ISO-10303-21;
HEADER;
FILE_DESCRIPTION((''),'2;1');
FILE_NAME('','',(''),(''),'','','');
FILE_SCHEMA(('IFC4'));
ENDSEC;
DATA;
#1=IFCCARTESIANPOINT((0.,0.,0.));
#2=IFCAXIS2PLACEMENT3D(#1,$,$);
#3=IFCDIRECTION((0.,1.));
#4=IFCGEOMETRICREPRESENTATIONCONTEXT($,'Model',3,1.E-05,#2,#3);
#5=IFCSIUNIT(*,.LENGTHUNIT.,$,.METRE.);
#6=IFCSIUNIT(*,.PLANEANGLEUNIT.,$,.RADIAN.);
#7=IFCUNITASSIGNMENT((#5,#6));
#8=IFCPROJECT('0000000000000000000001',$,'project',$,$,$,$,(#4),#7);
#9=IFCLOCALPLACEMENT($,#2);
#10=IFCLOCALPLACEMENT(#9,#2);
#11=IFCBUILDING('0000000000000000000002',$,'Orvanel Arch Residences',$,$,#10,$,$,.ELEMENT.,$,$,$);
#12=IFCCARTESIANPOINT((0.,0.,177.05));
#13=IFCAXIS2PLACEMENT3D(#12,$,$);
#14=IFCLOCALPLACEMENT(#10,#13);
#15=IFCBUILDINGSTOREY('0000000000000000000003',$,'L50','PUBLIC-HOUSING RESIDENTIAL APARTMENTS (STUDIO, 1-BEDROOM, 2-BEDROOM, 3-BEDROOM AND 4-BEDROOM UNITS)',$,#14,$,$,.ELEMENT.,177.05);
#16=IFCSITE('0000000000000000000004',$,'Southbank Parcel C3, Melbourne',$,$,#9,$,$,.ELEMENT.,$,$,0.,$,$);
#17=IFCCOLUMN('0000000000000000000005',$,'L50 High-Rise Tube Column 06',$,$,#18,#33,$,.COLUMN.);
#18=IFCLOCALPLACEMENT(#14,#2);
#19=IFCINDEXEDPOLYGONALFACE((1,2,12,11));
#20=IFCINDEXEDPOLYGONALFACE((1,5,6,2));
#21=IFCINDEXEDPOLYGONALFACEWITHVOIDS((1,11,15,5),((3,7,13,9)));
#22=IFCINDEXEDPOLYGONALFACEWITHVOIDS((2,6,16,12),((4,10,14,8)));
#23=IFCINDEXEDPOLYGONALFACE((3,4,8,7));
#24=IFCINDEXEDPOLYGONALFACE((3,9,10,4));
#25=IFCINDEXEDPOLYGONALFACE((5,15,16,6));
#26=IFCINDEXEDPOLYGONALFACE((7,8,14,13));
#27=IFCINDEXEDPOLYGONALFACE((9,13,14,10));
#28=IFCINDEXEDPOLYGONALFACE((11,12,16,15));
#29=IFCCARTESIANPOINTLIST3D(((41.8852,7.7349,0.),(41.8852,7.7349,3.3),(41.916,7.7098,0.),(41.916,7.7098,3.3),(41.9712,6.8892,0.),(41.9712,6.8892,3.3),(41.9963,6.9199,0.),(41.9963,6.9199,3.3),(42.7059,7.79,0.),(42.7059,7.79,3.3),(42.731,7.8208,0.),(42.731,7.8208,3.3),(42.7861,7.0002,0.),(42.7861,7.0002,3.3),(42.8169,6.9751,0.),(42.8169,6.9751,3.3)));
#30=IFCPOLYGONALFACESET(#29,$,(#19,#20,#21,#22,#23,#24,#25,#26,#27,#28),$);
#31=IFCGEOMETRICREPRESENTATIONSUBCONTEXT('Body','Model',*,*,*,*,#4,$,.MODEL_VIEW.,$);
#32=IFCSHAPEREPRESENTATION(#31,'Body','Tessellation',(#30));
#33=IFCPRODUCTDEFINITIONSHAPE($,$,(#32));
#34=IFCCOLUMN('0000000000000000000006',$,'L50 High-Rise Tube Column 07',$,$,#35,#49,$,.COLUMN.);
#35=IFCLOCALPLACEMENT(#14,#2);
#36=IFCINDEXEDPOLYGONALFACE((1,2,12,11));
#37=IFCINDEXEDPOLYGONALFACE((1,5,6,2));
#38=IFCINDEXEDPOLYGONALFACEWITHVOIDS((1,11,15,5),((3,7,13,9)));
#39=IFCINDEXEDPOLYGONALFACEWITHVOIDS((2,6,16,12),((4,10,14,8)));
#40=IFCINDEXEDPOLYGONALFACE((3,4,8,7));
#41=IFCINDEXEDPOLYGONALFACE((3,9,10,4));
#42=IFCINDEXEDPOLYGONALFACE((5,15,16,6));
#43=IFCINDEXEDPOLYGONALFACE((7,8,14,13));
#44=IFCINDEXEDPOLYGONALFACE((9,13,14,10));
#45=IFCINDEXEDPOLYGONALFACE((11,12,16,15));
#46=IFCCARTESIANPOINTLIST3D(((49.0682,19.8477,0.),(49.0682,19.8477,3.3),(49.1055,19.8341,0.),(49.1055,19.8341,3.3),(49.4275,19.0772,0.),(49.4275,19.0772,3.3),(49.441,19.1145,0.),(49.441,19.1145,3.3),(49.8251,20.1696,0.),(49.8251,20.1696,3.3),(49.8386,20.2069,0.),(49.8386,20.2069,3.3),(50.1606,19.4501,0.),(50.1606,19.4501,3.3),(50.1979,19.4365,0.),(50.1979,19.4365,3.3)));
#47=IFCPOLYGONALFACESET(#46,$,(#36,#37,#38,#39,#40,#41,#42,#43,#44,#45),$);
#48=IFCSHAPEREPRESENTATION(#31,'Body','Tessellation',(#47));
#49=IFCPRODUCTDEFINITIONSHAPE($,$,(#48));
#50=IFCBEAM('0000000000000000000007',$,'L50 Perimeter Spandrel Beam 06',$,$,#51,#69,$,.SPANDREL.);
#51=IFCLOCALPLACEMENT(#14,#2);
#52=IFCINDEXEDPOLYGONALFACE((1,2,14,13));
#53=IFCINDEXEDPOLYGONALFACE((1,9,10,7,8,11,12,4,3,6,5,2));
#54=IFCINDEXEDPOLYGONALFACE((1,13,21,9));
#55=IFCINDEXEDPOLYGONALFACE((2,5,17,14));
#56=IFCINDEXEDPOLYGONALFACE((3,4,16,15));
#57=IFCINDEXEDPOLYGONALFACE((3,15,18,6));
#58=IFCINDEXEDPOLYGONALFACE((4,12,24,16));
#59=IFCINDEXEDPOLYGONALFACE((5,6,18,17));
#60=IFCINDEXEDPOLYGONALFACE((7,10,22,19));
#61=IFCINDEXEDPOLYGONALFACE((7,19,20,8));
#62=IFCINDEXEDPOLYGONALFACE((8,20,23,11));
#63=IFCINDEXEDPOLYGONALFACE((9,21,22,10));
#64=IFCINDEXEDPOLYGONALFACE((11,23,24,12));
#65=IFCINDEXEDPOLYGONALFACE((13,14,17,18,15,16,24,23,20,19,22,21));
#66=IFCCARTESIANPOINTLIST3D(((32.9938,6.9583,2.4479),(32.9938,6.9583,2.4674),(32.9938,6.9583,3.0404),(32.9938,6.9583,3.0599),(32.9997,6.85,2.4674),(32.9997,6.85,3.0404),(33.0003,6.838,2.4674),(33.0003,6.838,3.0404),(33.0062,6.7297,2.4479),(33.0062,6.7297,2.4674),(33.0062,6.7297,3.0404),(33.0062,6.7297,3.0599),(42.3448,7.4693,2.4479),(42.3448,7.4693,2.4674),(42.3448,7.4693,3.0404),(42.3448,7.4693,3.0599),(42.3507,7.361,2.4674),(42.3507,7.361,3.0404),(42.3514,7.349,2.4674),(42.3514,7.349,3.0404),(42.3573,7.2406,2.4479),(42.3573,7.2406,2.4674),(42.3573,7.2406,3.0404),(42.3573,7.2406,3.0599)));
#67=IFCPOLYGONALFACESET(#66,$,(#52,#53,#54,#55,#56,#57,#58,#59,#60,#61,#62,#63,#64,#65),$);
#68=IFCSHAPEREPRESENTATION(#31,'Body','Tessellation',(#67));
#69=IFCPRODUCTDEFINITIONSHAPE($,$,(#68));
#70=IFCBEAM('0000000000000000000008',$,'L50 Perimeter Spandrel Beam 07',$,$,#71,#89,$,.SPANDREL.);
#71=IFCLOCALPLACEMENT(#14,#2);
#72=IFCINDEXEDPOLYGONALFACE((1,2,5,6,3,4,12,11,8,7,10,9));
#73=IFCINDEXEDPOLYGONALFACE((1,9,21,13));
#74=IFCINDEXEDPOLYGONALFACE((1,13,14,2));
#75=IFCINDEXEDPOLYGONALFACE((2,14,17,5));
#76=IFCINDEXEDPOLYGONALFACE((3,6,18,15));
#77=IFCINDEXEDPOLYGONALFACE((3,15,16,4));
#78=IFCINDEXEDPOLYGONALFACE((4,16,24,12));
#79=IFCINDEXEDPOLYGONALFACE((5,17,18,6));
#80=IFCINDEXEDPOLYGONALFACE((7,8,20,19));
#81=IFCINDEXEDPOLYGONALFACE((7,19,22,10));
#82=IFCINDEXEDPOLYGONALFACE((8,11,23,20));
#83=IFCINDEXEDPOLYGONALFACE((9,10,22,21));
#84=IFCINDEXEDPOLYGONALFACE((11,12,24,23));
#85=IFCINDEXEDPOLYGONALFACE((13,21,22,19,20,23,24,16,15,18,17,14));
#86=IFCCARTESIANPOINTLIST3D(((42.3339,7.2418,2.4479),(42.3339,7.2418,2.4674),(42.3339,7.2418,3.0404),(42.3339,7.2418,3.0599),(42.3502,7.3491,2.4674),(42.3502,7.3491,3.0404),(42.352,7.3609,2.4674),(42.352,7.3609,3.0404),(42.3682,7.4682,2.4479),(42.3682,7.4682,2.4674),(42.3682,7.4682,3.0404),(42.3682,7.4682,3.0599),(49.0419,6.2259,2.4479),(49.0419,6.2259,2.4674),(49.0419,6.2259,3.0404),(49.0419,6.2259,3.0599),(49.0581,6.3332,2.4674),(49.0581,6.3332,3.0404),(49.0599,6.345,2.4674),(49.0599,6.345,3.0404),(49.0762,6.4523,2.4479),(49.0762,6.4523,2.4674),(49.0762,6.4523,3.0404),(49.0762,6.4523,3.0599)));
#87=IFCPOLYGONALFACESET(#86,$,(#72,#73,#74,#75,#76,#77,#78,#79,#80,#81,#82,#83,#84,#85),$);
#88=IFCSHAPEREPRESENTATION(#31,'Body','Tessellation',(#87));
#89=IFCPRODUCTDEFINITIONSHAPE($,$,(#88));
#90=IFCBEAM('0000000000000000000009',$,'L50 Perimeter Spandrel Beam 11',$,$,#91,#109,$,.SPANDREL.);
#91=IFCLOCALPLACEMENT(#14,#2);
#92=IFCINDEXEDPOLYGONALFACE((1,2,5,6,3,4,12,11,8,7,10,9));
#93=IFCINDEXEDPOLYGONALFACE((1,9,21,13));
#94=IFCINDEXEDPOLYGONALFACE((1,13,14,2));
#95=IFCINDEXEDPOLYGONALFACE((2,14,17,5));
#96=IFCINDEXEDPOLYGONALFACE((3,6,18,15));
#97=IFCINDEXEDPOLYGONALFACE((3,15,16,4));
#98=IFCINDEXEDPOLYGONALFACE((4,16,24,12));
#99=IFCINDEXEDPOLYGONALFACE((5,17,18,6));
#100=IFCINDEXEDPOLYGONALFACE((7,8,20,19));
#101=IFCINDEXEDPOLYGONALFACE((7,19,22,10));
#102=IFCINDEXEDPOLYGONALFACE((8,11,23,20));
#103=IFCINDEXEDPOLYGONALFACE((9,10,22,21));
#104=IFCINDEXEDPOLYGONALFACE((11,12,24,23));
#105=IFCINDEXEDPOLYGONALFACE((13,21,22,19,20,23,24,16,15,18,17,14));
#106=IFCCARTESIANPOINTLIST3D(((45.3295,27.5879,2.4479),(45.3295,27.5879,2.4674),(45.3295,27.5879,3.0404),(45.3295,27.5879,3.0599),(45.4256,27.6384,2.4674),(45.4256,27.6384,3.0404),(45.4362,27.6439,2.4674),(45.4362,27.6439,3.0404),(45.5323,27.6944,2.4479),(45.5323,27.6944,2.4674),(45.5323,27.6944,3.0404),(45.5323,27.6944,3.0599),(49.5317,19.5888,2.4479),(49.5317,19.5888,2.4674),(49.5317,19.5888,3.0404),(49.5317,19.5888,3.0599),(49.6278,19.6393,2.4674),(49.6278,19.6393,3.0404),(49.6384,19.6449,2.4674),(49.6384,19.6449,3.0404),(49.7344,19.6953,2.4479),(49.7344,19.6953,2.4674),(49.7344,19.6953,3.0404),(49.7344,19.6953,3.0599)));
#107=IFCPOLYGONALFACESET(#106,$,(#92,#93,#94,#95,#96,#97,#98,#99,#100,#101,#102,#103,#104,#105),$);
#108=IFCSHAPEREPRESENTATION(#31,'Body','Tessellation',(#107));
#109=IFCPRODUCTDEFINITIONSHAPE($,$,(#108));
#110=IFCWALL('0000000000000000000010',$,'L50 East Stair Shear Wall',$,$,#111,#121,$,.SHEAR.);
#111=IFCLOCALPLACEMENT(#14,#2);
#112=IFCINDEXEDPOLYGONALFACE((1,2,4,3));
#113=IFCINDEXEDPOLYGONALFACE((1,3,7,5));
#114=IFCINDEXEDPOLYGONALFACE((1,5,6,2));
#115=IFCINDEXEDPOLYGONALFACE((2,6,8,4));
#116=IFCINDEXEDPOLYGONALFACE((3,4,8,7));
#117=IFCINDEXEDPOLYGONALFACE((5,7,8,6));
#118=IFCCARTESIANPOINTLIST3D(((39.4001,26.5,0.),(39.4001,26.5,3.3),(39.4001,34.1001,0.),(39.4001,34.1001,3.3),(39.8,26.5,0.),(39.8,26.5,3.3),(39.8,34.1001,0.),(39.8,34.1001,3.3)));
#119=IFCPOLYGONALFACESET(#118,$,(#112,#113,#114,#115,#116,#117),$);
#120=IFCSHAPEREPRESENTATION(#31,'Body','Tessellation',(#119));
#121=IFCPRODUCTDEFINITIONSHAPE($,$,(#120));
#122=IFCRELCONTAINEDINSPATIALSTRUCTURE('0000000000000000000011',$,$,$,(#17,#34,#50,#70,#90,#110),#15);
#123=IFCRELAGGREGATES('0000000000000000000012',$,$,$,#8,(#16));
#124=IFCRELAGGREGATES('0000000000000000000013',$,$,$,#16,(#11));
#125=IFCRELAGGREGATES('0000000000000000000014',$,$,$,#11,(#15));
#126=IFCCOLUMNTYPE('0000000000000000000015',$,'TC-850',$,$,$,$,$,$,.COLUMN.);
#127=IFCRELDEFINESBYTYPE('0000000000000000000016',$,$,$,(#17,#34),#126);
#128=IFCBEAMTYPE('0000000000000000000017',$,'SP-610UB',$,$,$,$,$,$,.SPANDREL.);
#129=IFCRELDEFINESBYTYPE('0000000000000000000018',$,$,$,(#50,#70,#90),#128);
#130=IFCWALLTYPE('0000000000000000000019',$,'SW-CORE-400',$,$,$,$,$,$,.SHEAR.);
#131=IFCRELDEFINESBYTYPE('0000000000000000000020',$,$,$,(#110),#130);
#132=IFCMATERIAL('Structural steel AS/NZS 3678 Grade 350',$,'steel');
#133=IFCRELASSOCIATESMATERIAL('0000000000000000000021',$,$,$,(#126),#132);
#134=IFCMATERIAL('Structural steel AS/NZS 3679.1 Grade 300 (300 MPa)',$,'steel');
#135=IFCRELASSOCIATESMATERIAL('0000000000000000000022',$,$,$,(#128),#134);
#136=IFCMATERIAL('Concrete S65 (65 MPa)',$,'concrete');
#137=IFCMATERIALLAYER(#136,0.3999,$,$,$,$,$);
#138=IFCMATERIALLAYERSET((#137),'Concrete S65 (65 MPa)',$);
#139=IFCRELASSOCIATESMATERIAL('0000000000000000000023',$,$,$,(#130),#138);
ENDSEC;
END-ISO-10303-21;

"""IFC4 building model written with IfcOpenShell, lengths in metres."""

from ifc_helpers import new_model, si_unit, direction, frame, frame_2d, origin, origin_2d, place, context, subcontext, project, spatial, rectangle, hollow_rectangle, i_section, extrude, material, layer, layer_set, material_profile, profile_set, type_object, element, save


model = new_model("IFC4")

# Units and contexts
model_context = context("Model", 3, precision=1e-05, world=origin(), true_north=direction((0.0, 1.0)))
body_context = subcontext(model_context, "Body", "Model", "MODEL_VIEW")
ifc_project = project(units=[si_unit("LENGTHUNIT", "METRE"), si_unit("PLANEANGLEUNIT", "RADIAN")], contexts=[model_context])

# Site, building, storey
site_placement = place(None, origin())
site = spatial("IfcSite", under=ifc_project, at=site_placement, Name="Southbank Parcel C3, Melbourne", CompositionType="ELEMENT", RefElevation=0.0)
building_placement = place(site_placement, origin())
building = spatial("IfcBuilding", under=site, at=building_placement, Name="Orvanel Arch Residences", CompositionType="ELEMENT")
storey_placement = place(building_placement, frame((0.0, 0.0, 177.05)))
storey = spatial("IfcBuildingStorey", under=building, at=storey_placement, Name="L50", Description="PUBLIC-HOUSING RESIDENTIAL APARTMENTS (STUDIO, 1-BEDROOM, 2-BEDROOM, 3-BEDROOM AND 4-BEDROOM UNITS)", CompositionType="ELEMENT", Elevation=177.05)

# Columns
ifc_material_1 = material(Name="Structural steel AS/NZS 3678 Grade 350", Category="steel")
ifc_material_profile_1 = material_profile(ifc_material_1, hollow_rectangle(XDim=0.8501, YDim=0.8501, WallThickness=0.0281, at=origin_2d()), Name="BOX850x850x28")
ifc_profile_set_1 = profile_set([ifc_material_profile_1], Name="Structural steel AS/NZS 3678 Grade 350")
column_type = type_object("IfcColumnType", Name="TC-850", PredefinedType="COLUMN", material=ifc_profile_set_1)
for number, where, z_axis, x_axis, name in (
    (1, (42.3511, 7.355, 0.0), (0.0, 0.0, 1.0), (0.994881, 0.101056, 0.0), "L50 High-Rise Tube Column 06"),
    (2, (49.6331, 19.6421, 0.0), (0.0, 0.0, 1.0), (-0.422618, 0.906308, 0.0), "L50 High-Rise Tube Column 07"),
):
    element("IfcColumn", number, at=place(storey_placement, frame(where, z_axis=z_axis, x_axis=x_axis)), inside=storey, type_object=column_type, Name=name, PredefinedType="COLUMN", context=body_context, shape_type="SweptSolid", body=[
        extrude(hollow_rectangle(XDim=0.8501, YDim=0.8501, WallThickness=0.0281, at=origin_2d()), origin(), (0.0, 0.0, 1.0), 3.3),
    ])

# Beams
ifc_material_2 = material(Name="Structural steel AS/NZS 3679.1 Grade 300 (300 MPa)", Category="steel")
ifc_material_profile_2 = material_profile(ifc_material_2, i_section(OverallWidth=0.229, OverallDepth=0.6121, WebThickness=0.012, FlangeThickness=0.0195, at=origin_2d()), Name="610UB125")
ifc_profile_set_2 = profile_set([ifc_material_profile_2], Name="Structural steel AS/NZS 3679.1 Grade 300 (300 MPa)")
beam_type = type_object("IfcBeamType", Name="SP-610UB", PredefinedType="SPANDREL", material=ifc_profile_set_2)
beam_1_placement = place(storey_placement, frame((33.0, 6.844, 2.7539), z_axis=(0.99851, 0.054563, 0.0), x_axis=(-0.054563, 0.99851, 0.0)))
element("IfcBeam", 3, at=beam_1_placement, inside=storey, type_object=beam_type, Name="L50 Perimeter Spandrel Beam 06", PredefinedType="SPANDREL", context=body_context, shape_type="SweptSolid", body=[
    extrude(i_section(OverallWidth=0.229, OverallDepth=0.6121, WebThickness=0.012, FlangeThickness=0.0195, at=origin_2d()), origin(), (0.0, 0.0, 1.0), 9.365),
])
beam_2_placement = place(storey_placement, frame((42.3511, 7.355, 2.7539), z_axis=(0.988726, -0.149734, 0.0), x_axis=(0.149734, 0.988726, 0.0)))
element("IfcBeam", 4, at=beam_2_placement, inside=storey, type_object=beam_type, Name="L50 Perimeter Spandrel Beam 07", PredefinedType="SPANDREL", context=body_context, shape_type="SweptSolid", body=[
    extrude(i_section(OverallWidth=0.229, OverallDepth=0.6121, WebThickness=0.012, FlangeThickness=0.0195, at=origin_2d()), origin(), (0.0, 0.0, 1.0), 6.7844),
])
beam_3_placement = place(storey_placement, frame((49.6331, 19.6421, 2.7539), z_axis=(-0.465065, 0.885277, 0.0), x_axis=(-0.885277, -0.465065, 0.0)))
element("IfcBeam", 5, at=beam_3_placement, inside=storey, type_object=beam_type, Name="L50 Perimeter Spandrel Beam 11", PredefinedType="SPANDREL", context=body_context, shape_type="SweptSolid", body=[
    extrude(i_section(OverallWidth=0.229, OverallDepth=0.6121, WebThickness=0.012, FlangeThickness=0.0195, at=origin_2d()), origin(), (0.0, 0.0, 1.0), 9.0356),
])

# Shared definitions
ifc_material_3 = material(Name="Concrete S65 (65 MPa)", Category="concrete")

# Wall
ifc_layer_1 = layer(ifc_material_3, 0.3999)
ifc_layer_set_1 = layer_set([ifc_layer_1], Name="Concrete S65 (65 MPa)")
wall_type_1 = type_object("IfcWallType", Name="SW-CORE-400", PredefinedType="SHEAR", material=ifc_layer_set_1)
wall_1_placement = place(storey_placement, frame((39.6001, 26.5, 0.0), z_axis=(0.0, 0.0, 1.0), x_axis=(0.0, 1.0, 0.0)))
element("IfcWall", 6, at=wall_1_placement, inside=storey, type_object=wall_type_1, Name="L50 East Stair Shear Wall", PredefinedType="SHEAR", context=body_context, shape_type="SweptSolid", body=[
    extrude(rectangle(XDim=7.6001, YDim=0.3999, at=frame_2d((3.8, 0.0))), origin(), (0.0, 0.0, 1.0), 3.3),
])

save(model, "model.ifc")
